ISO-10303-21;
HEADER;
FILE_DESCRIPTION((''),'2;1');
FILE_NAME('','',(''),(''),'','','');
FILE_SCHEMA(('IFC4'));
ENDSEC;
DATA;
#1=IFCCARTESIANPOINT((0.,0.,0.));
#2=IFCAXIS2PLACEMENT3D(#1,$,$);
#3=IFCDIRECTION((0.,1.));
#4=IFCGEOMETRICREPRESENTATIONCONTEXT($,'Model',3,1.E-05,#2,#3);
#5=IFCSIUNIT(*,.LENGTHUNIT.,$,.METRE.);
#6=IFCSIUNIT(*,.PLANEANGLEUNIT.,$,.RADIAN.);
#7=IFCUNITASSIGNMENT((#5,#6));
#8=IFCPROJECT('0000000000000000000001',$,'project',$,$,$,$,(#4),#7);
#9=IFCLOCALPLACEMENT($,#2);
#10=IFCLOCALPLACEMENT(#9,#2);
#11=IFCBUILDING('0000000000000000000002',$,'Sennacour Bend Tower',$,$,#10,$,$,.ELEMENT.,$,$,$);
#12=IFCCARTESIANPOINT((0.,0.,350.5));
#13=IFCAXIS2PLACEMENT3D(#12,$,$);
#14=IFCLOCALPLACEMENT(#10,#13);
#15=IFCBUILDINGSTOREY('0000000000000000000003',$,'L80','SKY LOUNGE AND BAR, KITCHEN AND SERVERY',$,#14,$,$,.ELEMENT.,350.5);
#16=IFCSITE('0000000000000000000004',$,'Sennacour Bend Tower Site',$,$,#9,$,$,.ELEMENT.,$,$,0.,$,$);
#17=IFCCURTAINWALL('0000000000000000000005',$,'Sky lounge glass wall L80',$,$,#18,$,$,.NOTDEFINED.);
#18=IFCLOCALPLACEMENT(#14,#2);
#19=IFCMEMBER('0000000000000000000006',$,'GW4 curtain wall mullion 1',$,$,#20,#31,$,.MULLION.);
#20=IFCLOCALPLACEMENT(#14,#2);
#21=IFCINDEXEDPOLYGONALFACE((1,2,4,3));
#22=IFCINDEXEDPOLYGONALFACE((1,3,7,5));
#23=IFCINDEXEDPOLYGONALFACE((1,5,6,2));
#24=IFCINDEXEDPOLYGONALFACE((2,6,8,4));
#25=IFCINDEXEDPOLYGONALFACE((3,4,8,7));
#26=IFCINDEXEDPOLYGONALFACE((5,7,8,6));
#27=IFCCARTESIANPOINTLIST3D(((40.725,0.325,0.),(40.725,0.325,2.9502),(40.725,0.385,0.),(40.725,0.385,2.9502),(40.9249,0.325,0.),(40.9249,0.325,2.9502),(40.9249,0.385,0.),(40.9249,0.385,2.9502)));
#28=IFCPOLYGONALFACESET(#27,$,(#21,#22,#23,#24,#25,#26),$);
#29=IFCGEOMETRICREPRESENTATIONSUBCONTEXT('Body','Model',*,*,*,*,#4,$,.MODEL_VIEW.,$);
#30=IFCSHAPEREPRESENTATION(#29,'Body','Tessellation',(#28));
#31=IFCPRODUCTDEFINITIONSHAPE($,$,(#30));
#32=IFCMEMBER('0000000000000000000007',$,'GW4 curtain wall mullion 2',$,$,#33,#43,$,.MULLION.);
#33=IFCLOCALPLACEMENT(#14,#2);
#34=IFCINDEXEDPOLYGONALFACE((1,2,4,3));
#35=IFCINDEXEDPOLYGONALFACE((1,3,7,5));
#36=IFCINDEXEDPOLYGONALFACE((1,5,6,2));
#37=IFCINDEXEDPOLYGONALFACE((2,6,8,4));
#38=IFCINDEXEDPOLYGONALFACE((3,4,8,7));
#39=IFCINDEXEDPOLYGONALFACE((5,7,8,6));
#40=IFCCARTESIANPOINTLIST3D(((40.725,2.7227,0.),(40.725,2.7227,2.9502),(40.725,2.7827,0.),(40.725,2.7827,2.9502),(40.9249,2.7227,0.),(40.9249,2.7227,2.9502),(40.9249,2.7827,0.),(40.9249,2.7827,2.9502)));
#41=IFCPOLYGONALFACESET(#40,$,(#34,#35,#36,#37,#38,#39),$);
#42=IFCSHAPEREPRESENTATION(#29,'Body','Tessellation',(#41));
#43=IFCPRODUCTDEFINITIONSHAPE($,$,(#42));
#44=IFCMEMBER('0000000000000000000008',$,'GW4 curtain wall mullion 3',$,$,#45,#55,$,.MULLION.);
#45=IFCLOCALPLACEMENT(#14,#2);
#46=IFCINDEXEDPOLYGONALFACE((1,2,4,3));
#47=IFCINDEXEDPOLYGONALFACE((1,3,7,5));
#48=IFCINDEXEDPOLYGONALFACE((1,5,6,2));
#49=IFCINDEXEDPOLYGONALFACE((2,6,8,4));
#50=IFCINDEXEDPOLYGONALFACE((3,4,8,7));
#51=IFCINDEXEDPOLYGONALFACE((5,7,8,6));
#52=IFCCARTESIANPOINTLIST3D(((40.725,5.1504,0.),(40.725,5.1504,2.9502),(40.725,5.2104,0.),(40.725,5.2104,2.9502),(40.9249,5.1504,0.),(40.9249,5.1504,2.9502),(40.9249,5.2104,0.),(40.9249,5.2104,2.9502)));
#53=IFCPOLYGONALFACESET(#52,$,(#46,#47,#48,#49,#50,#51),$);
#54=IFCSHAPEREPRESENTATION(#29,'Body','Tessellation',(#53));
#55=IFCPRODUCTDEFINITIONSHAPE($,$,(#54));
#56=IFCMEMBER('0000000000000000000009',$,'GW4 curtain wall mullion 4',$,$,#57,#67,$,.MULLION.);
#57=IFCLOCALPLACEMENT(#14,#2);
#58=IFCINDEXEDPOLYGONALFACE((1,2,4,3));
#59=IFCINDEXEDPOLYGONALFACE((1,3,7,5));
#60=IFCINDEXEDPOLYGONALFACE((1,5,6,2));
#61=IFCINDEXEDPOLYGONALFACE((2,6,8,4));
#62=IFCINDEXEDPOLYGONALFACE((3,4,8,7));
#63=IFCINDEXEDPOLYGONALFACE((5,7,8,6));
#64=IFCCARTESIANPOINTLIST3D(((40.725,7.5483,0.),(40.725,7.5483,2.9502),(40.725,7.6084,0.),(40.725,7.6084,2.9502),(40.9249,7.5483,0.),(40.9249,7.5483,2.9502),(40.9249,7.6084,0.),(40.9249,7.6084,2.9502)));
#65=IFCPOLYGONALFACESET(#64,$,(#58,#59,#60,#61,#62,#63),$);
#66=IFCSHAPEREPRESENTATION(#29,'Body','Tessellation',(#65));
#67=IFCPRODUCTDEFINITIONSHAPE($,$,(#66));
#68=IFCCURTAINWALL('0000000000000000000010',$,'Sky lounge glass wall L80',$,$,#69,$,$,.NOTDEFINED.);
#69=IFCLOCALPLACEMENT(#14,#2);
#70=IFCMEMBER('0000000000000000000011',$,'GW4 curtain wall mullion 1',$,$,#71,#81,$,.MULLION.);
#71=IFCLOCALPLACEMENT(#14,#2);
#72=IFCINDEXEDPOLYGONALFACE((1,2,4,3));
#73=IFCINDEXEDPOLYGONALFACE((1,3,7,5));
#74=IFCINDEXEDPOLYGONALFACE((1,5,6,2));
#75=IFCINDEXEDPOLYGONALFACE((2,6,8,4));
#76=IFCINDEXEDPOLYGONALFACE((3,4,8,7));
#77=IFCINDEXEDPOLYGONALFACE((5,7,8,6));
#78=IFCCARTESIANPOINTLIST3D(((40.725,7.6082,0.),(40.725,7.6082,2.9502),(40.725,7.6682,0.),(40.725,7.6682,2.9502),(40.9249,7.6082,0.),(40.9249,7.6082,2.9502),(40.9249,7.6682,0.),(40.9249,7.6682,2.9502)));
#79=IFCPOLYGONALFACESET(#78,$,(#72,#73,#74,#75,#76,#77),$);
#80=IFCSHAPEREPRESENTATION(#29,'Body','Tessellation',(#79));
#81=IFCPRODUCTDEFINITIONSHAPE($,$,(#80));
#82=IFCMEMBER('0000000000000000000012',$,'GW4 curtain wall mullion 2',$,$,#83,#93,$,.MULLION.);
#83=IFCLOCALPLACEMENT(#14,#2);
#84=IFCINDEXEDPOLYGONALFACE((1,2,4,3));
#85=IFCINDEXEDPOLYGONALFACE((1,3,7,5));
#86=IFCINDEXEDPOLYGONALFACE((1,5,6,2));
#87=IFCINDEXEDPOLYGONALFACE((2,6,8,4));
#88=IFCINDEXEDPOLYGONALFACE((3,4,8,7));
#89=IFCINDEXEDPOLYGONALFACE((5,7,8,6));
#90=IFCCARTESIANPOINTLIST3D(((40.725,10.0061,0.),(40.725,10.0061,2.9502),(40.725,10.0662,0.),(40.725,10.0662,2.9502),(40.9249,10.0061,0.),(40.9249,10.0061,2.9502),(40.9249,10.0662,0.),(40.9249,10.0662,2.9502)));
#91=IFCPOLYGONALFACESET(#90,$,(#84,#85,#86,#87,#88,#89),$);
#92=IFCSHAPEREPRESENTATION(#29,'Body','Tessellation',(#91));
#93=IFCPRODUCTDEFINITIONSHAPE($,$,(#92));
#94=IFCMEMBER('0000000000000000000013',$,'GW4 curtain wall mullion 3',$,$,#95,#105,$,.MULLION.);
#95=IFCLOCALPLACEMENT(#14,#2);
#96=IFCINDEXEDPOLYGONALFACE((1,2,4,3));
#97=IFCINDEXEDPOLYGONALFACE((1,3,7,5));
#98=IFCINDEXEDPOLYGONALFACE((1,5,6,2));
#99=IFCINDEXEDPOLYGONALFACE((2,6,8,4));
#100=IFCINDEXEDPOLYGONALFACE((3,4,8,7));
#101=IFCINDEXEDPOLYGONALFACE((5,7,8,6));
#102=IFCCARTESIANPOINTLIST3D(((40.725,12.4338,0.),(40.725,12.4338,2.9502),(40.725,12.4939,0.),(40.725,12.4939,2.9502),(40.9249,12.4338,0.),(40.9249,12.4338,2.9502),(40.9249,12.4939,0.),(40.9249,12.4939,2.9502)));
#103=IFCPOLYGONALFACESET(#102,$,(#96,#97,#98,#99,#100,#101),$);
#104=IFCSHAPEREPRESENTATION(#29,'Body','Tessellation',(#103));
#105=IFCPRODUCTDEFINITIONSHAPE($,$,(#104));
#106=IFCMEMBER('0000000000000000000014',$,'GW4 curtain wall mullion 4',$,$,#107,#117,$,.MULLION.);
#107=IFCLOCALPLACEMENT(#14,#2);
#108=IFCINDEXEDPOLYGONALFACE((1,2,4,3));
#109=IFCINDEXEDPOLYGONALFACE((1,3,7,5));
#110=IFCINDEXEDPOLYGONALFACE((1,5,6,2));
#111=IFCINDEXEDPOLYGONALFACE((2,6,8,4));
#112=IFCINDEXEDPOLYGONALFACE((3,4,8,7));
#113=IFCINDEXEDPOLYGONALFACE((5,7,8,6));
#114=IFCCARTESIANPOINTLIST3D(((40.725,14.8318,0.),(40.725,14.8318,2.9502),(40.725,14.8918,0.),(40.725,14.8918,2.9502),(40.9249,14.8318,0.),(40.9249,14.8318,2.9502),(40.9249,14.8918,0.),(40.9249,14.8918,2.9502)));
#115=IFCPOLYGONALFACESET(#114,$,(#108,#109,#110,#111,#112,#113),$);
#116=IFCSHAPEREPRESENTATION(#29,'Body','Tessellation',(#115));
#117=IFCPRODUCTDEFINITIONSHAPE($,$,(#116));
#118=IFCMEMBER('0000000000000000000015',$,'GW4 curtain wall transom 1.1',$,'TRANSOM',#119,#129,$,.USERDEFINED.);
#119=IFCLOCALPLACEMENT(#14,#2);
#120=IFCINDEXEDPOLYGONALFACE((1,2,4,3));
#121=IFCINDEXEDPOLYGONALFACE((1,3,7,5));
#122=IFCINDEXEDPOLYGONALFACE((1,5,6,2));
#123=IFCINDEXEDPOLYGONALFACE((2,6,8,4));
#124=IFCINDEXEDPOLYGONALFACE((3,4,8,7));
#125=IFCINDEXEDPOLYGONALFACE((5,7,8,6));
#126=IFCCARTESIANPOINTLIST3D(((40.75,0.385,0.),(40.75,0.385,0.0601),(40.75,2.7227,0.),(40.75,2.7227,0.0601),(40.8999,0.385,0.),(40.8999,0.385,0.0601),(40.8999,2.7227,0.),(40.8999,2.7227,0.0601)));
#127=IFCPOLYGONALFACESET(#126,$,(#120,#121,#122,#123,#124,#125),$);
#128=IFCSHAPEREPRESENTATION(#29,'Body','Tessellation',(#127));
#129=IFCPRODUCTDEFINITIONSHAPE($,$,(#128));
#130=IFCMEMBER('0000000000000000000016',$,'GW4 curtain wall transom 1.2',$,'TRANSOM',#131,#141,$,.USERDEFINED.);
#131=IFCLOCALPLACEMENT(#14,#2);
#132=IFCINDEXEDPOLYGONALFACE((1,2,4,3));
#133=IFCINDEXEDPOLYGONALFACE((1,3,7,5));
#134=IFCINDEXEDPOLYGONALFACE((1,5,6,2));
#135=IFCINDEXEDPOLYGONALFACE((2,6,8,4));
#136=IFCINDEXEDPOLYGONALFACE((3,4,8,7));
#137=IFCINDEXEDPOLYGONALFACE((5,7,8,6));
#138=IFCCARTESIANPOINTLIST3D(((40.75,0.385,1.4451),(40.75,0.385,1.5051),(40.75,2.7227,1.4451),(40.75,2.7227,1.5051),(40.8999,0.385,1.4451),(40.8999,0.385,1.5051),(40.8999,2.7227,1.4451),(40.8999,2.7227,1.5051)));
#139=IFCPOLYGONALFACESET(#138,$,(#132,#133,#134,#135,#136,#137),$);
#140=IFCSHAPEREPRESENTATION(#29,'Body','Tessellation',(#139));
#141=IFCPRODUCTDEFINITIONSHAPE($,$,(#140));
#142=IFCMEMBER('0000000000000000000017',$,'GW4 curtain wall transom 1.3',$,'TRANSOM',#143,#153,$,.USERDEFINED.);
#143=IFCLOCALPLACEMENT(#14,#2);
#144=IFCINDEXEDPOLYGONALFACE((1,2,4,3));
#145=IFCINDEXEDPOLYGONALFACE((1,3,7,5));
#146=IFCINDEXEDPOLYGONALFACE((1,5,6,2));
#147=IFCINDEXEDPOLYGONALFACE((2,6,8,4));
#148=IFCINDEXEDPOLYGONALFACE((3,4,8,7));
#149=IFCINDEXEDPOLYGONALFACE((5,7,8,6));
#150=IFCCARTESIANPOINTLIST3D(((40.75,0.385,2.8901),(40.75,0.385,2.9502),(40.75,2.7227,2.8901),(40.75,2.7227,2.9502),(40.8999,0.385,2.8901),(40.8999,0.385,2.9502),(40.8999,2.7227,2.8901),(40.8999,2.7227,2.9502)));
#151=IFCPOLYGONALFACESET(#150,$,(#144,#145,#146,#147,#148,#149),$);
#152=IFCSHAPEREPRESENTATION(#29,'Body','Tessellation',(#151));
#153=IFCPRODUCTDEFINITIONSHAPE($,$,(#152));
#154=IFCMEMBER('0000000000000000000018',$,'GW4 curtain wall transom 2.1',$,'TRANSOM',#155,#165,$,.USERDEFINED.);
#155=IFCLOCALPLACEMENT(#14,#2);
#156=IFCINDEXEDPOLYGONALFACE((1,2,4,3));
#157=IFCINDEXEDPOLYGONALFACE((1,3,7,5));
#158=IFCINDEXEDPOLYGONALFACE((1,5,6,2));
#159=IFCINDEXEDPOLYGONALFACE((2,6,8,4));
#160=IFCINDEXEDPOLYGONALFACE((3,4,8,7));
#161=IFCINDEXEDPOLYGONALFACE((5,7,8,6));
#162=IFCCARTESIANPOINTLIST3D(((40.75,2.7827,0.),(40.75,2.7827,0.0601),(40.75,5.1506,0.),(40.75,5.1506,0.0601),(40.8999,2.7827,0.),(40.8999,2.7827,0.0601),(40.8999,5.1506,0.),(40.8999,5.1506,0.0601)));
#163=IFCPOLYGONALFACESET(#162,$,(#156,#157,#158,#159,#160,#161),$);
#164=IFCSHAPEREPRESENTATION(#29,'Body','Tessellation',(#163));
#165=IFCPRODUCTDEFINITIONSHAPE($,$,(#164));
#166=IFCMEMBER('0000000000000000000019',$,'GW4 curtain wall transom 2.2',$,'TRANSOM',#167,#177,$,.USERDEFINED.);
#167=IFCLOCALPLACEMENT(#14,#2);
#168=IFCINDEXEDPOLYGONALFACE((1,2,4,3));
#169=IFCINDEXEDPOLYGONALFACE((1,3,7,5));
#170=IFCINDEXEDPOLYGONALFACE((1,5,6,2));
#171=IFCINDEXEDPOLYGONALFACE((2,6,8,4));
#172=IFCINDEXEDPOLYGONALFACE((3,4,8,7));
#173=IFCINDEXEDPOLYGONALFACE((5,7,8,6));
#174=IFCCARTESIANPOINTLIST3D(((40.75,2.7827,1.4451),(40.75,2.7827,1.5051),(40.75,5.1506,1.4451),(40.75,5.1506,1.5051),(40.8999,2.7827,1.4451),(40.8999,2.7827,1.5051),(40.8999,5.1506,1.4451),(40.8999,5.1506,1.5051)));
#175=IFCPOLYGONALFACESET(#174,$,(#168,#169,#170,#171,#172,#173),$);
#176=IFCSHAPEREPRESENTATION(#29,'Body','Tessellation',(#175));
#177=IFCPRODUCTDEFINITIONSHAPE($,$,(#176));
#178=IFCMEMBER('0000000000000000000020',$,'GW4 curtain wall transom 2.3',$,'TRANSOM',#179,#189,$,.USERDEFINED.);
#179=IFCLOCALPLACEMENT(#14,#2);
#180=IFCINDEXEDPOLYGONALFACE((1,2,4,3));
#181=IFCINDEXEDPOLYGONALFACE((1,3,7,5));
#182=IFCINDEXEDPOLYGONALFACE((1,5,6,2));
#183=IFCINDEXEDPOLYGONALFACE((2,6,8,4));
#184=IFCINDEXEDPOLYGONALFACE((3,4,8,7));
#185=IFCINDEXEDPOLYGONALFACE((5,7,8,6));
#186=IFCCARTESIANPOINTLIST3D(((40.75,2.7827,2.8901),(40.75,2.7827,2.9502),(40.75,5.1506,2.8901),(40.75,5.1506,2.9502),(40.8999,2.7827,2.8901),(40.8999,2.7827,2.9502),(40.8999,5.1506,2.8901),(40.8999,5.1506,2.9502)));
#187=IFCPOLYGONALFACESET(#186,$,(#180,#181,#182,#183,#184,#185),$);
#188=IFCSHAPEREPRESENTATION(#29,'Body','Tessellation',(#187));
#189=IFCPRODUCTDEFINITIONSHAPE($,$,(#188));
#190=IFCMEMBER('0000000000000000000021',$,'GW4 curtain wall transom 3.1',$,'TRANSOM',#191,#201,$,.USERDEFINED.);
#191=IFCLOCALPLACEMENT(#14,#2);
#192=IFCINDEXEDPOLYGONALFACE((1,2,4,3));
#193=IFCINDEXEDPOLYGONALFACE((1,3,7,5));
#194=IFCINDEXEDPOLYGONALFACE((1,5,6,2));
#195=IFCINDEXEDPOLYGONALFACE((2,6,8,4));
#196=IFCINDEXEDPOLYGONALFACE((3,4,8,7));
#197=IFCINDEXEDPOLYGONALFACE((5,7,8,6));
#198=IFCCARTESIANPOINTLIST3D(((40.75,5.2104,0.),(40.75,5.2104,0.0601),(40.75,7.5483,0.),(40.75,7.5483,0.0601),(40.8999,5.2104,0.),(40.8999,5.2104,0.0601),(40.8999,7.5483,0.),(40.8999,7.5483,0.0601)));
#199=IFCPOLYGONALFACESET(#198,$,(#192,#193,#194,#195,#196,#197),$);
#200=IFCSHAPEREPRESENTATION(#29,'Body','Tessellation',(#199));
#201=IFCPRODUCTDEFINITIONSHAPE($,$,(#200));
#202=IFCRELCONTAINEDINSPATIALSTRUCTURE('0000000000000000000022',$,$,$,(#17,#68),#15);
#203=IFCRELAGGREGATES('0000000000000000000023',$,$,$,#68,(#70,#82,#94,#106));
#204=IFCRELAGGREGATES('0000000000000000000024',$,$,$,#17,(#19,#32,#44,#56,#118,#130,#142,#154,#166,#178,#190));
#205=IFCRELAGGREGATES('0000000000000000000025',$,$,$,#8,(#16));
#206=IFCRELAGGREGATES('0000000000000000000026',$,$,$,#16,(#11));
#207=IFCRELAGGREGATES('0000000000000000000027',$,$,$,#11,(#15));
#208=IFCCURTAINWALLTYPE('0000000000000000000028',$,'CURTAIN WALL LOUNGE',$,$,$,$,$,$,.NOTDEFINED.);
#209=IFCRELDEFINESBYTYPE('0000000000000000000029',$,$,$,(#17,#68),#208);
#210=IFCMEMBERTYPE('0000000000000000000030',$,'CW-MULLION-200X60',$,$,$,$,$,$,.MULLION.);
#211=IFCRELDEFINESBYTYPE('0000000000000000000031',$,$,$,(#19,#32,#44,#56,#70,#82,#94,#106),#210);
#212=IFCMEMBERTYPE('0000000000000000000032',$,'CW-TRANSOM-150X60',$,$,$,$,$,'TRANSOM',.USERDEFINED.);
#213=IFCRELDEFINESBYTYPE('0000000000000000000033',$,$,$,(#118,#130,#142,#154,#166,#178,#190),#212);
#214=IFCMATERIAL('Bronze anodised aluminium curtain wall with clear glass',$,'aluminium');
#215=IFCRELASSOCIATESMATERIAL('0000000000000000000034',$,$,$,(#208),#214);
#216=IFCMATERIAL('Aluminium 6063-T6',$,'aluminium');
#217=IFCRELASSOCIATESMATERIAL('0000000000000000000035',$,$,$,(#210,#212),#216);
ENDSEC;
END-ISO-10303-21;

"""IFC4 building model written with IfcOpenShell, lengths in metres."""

from ifc_helpers import new_model, si_unit, direction, frame, origin, origin_2d, place, context, subcontext, project, spatial, rectangle, extrude, material, material_profile, profile_set, type_object, element, aggregate, save


model = new_model("IFC4")

# Units and contexts
model_context = context("Model", 3, precision=1e-05, world=origin(), true_north=direction((0.0, 1.0)))
body_context = subcontext(model_context, "Body", "Model", "MODEL_VIEW")
ifc_project = project(units=[si_unit("LENGTHUNIT", "METRE"), si_unit("PLANEANGLEUNIT", "RADIAN")], contexts=[model_context])

# Site, building, storey
site_placement = place(None, origin())
site = spatial("IfcSite", under=ifc_project, at=site_placement, Name="Sennacour Bend Tower Site", CompositionType="ELEMENT", RefElevation=0.0)
building_placement = place(site_placement, origin())
building = spatial("IfcBuilding", under=site, at=building_placement, Name="Sennacour Bend Tower", CompositionType="ELEMENT")
storey_placement = place(building_placement, frame((0.0, 0.0, 350.5)))
storey = spatial("IfcBuildingStorey", under=building, at=storey_placement, Name="L80", Description="SKY LOUNGE AND BAR, KITCHEN AND SERVERY", CompositionType="ELEMENT", Elevation=350.5)

# Curtain walls, members
ifc_material_1 = material(Name="Bronze anodised aluminium curtain wall with clear glass", Category="aluminium")
curtain_wall_type = type_object("IfcCurtainWallType", Name="CURTAIN WALL LOUNGE", PredefinedType="NOTDEFINED", material=ifc_material_1)
curtain_wall_1_placement = place(storey_placement, origin())
curtain_wall_1 = element("IfcCurtainWall", 1, at=curtain_wall_1_placement, inside=storey, type_object=curtain_wall_type, Name="Sky lounge glass wall L80", PredefinedType="NOTDEFINED")
ifc_material_2 = material(Name="Aluminium 6063-T6", Category="aluminium")
ifc_material_profile_1 = material_profile(ifc_material_2, rectangle(XDim=0.2, YDim=0.0601, at=origin_2d()), Name="Aluminium 6063-T6", Category="aluminium")
ifc_profile_set_1 = profile_set([ifc_material_profile_1], Name="Aluminium 6063-T6")
member_type_1 = type_object("IfcMemberType", Name="CW-MULLION-200X60", PredefinedType="MULLION", material=ifc_profile_set_1)
member_1_placement = place(storey_placement, frame((40.825, 0.355, 0.0), z_axis=(0.0, 0.0, 1.0), x_axis=(-1.0, 0.0, 0.0)))
member_1 = element("IfcMember", 2, at=member_1_placement, type_object=member_type_1, Name="GW4 curtain wall mullion 1", PredefinedType="MULLION", context=body_context, shape_type="SweptSolid", body=[
    extrude(rectangle(XDim=0.2, YDim=0.0601, at=origin_2d()), origin(), (0.0, 0.0, 1.0), 2.9502),
])
member_2_placement = place(storey_placement, frame((40.825, 2.7527, 0.0), z_axis=(0.0, 0.0, 1.0), x_axis=(-1.0, 0.0, 0.0)))
member_2 = element("IfcMember", 3, at=member_2_placement, type_object=member_type_1, Name="GW4 curtain wall mullion 2", PredefinedType="MULLION", context=body_context, shape_type="SweptSolid", body=[
    extrude(rectangle(XDim=0.2, YDim=0.0601, at=origin_2d()), origin(), (0.0, 0.0, 1.0), 2.9502),
])
member_3_placement = place(storey_placement, frame((40.825, 5.1804, 0.0), z_axis=(0.0, 0.0, 1.0), x_axis=(-1.0, 0.0, 0.0)))
member_3 = element("IfcMember", 4, at=member_3_placement, type_object=member_type_1, Name="GW4 curtain wall mullion 3", PredefinedType="MULLION", context=body_context, shape_type="SweptSolid", body=[
    extrude(rectangle(XDim=0.2, YDim=0.0601, at=origin_2d()), origin(), (0.0, 0.0, 1.0), 2.9502),
])
member_4_placement = place(storey_placement, frame((40.825, 7.5784, 0.0), z_axis=(0.0, 0.0, 1.0), x_axis=(-1.0, 0.0, 0.0)))
member_4 = element("IfcMember", 5, at=member_4_placement, type_object=member_type_1, Name="GW4 curtain wall mullion 4", PredefinedType="MULLION", context=body_context, shape_type="SweptSolid", body=[
    extrude(rectangle(XDim=0.2, YDim=0.0601, at=origin_2d()), origin(), (0.0, 0.0, 1.0), 2.9502),
])
curtain_wall_2_placement = place(storey_placement, origin())
curtain_wall_2 = element("IfcCurtainWall", 6, at=curtain_wall_2_placement, inside=storey, type_object=curtain_wall_type, Name="Sky lounge glass wall L80", PredefinedType="NOTDEFINED")
member_5_placement = place(storey_placement, frame((40.825, 7.6382, 0.0), z_axis=(0.0, 0.0, 1.0), x_axis=(-1.0, 0.0, 0.0)))
member_5 = element("IfcMember", 7, at=member_5_placement, type_object=member_type_1, Name="GW4 curtain wall mullion 1", PredefinedType="MULLION", context=body_context, shape_type="SweptSolid", body=[
    extrude(rectangle(XDim=0.2, YDim=0.0601, at=origin_2d()), origin(), (0.0, 0.0, 1.0), 2.9502),
])
member_6_placement = place(storey_placement, frame((40.825, 10.0361, 0.0), z_axis=(0.0, 0.0, 1.0), x_axis=(-1.0, 0.0, 0.0)))
member_6 = element("IfcMember", 8, at=member_6_placement, type_object=member_type_1, Name="GW4 curtain wall mullion 2", PredefinedType="MULLION", context=body_context, shape_type="SweptSolid", body=[
    extrude(rectangle(XDim=0.2, YDim=0.0601, at=origin_2d()), origin(), (0.0, 0.0, 1.0), 2.9502),
])
member_7_placement = place(storey_placement, frame((40.825, 12.4639, 0.0), z_axis=(0.0, 0.0, 1.0), x_axis=(-1.0, 0.0, 0.0)))
member_7 = element("IfcMember", 9, at=member_7_placement, type_object=member_type_1, Name="GW4 curtain wall mullion 3", PredefinedType="MULLION", context=body_context, shape_type="SweptSolid", body=[
    extrude(rectangle(XDim=0.2, YDim=0.0601, at=origin_2d()), origin(), (0.0, 0.0, 1.0), 2.9502),
])
member_8_placement = place(storey_placement, frame((40.825, 14.8618, 0.0), z_axis=(0.0, 0.0, 1.0), x_axis=(-1.0, 0.0, 0.0)))
member_8 = element("IfcMember", 10, at=member_8_placement, type_object=member_type_1, Name="GW4 curtain wall mullion 4", PredefinedType="MULLION", context=body_context, shape_type="SweptSolid", body=[
    extrude(rectangle(XDim=0.2, YDim=0.0601, at=origin_2d()), origin(), (0.0, 0.0, 1.0), 2.9502),
])

# Members
ifc_material_profile_2 = material_profile(ifc_material_2, rectangle(XDim=0.1499, YDim=0.0601, at=origin_2d()), Name="Aluminium 6063-T6", Category="aluminium")
ifc_profile_set_2 = profile_set([ifc_material_profile_2], Name="Aluminium 6063-T6")
member_type_2 = type_object("IfcMemberType", Name="CW-TRANSOM-150X60", ElementType="TRANSOM", PredefinedType="USERDEFINED", material=ifc_profile_set_2)
member_9_placement = place(storey_placement, frame((40.825, 0.385, 0.03), z_axis=(0.0, 1.0, 0.0), x_axis=(-1.0, 0.0, 0.0)))
member_9 = element("IfcMember", 11, at=member_9_placement, type_object=member_type_2, Name="GW4 curtain wall transom 1.1", ObjectType="TRANSOM", PredefinedType="USERDEFINED", context=body_context, shape_type="SweptSolid", body=[
    extrude(rectangle(XDim=0.1499, YDim=0.0601, at=origin_2d()), origin(), (0.0, 0.0, 1.0), 2.3376),
])
member_10_placement = place(storey_placement, frame((40.825, 0.385, 1.4751), z_axis=(0.0, 1.0, 0.0), x_axis=(-1.0, 0.0, 0.0)))
member_10 = element("IfcMember", 12, at=member_10_placement, type_object=member_type_2, Name="GW4 curtain wall transom 1.2", ObjectType="TRANSOM", PredefinedType="USERDEFINED", context=body_context, shape_type="SweptSolid", body=[
    extrude(rectangle(XDim=0.1499, YDim=0.0601, at=origin_2d()), origin(), (0.0, 0.0, 1.0), 2.3376),
])
member_11_placement = place(storey_placement, frame((40.825, 0.385, 2.9202), z_axis=(0.0, 1.0, 0.0), x_axis=(-1.0, 0.0, 0.0)))
member_11 = element("IfcMember", 13, at=member_11_placement, type_object=member_type_2, Name="GW4 curtain wall transom 1.3", ObjectType="TRANSOM", PredefinedType="USERDEFINED", context=body_context, shape_type="SweptSolid", body=[
    extrude(rectangle(XDim=0.1499, YDim=0.0601, at=origin_2d()), origin(), (0.0, 0.0, 1.0), 2.3376),
])
member_12_placement = place(storey_placement, frame((40.825, 2.7827, 0.03), z_axis=(0.0, 1.0, 0.0), x_axis=(-1.0, 0.0, 0.0)))
member_12 = element("IfcMember", 14, at=member_12_placement, type_object=member_type_2, Name="GW4 curtain wall transom 2.1", ObjectType="TRANSOM", PredefinedType="USERDEFINED", context=body_context, shape_type="SweptSolid", body=[
    extrude(rectangle(XDim=0.1499, YDim=0.0601, at=origin_2d()), origin(), (0.0, 0.0, 1.0), 2.3679),
])
member_13_placement = place(storey_placement, frame((40.825, 2.7827, 1.4751), z_axis=(0.0, 1.0, 0.0), x_axis=(-1.0, 0.0, 0.0)))
member_13 = element("IfcMember", 15, at=member_13_placement, type_object=member_type_2, Name="GW4 curtain wall transom 2.2", ObjectType="TRANSOM", PredefinedType="USERDEFINED", context=body_context, shape_type="SweptSolid", body=[
    extrude(rectangle(XDim=0.1499, YDim=0.0601, at=origin_2d()), origin(), (0.0, 0.0, 1.0), 2.3679),
])
member_14_placement = place(storey_placement, frame((40.825, 2.7827, 2.9202), z_axis=(0.0, 1.0, 0.0), x_axis=(-1.0, 0.0, 0.0)))
member_14 = element("IfcMember", 16, at=member_14_placement, type_object=member_type_2, Name="GW4 curtain wall transom 2.3", ObjectType="TRANSOM", PredefinedType="USERDEFINED", context=body_context, shape_type="SweptSolid", body=[
    extrude(rectangle(XDim=0.1499, YDim=0.0601, at=origin_2d()), origin(), (0.0, 0.0, 1.0), 2.3679),
])
member_15_placement = place(storey_placement, frame((40.825, 5.2104, 0.03), z_axis=(0.0, 1.0, 0.0), x_axis=(-1.0, 0.0, 0.0)))
member_15 = element("IfcMember", 17, at=member_15_placement, type_object=member_type_2, Name="GW4 curtain wall transom 3.1", ObjectType="TRANSOM", PredefinedType="USERDEFINED", context=body_context, shape_type="SweptSolid", body=[
    extrude(rectangle(XDim=0.1499, YDim=0.0601, at=origin_2d()), origin(), (0.0, 0.0, 1.0), 2.3379),
])
aggregate(curtain_wall_2, [member_5, member_6, member_7, member_8])

aggregate(curtain_wall_1, [member_1, member_2, member_3, member_4, member_9, member_10, member_11, member_12, member_13, member_14, member_15])

save(model, "model.ifc")
